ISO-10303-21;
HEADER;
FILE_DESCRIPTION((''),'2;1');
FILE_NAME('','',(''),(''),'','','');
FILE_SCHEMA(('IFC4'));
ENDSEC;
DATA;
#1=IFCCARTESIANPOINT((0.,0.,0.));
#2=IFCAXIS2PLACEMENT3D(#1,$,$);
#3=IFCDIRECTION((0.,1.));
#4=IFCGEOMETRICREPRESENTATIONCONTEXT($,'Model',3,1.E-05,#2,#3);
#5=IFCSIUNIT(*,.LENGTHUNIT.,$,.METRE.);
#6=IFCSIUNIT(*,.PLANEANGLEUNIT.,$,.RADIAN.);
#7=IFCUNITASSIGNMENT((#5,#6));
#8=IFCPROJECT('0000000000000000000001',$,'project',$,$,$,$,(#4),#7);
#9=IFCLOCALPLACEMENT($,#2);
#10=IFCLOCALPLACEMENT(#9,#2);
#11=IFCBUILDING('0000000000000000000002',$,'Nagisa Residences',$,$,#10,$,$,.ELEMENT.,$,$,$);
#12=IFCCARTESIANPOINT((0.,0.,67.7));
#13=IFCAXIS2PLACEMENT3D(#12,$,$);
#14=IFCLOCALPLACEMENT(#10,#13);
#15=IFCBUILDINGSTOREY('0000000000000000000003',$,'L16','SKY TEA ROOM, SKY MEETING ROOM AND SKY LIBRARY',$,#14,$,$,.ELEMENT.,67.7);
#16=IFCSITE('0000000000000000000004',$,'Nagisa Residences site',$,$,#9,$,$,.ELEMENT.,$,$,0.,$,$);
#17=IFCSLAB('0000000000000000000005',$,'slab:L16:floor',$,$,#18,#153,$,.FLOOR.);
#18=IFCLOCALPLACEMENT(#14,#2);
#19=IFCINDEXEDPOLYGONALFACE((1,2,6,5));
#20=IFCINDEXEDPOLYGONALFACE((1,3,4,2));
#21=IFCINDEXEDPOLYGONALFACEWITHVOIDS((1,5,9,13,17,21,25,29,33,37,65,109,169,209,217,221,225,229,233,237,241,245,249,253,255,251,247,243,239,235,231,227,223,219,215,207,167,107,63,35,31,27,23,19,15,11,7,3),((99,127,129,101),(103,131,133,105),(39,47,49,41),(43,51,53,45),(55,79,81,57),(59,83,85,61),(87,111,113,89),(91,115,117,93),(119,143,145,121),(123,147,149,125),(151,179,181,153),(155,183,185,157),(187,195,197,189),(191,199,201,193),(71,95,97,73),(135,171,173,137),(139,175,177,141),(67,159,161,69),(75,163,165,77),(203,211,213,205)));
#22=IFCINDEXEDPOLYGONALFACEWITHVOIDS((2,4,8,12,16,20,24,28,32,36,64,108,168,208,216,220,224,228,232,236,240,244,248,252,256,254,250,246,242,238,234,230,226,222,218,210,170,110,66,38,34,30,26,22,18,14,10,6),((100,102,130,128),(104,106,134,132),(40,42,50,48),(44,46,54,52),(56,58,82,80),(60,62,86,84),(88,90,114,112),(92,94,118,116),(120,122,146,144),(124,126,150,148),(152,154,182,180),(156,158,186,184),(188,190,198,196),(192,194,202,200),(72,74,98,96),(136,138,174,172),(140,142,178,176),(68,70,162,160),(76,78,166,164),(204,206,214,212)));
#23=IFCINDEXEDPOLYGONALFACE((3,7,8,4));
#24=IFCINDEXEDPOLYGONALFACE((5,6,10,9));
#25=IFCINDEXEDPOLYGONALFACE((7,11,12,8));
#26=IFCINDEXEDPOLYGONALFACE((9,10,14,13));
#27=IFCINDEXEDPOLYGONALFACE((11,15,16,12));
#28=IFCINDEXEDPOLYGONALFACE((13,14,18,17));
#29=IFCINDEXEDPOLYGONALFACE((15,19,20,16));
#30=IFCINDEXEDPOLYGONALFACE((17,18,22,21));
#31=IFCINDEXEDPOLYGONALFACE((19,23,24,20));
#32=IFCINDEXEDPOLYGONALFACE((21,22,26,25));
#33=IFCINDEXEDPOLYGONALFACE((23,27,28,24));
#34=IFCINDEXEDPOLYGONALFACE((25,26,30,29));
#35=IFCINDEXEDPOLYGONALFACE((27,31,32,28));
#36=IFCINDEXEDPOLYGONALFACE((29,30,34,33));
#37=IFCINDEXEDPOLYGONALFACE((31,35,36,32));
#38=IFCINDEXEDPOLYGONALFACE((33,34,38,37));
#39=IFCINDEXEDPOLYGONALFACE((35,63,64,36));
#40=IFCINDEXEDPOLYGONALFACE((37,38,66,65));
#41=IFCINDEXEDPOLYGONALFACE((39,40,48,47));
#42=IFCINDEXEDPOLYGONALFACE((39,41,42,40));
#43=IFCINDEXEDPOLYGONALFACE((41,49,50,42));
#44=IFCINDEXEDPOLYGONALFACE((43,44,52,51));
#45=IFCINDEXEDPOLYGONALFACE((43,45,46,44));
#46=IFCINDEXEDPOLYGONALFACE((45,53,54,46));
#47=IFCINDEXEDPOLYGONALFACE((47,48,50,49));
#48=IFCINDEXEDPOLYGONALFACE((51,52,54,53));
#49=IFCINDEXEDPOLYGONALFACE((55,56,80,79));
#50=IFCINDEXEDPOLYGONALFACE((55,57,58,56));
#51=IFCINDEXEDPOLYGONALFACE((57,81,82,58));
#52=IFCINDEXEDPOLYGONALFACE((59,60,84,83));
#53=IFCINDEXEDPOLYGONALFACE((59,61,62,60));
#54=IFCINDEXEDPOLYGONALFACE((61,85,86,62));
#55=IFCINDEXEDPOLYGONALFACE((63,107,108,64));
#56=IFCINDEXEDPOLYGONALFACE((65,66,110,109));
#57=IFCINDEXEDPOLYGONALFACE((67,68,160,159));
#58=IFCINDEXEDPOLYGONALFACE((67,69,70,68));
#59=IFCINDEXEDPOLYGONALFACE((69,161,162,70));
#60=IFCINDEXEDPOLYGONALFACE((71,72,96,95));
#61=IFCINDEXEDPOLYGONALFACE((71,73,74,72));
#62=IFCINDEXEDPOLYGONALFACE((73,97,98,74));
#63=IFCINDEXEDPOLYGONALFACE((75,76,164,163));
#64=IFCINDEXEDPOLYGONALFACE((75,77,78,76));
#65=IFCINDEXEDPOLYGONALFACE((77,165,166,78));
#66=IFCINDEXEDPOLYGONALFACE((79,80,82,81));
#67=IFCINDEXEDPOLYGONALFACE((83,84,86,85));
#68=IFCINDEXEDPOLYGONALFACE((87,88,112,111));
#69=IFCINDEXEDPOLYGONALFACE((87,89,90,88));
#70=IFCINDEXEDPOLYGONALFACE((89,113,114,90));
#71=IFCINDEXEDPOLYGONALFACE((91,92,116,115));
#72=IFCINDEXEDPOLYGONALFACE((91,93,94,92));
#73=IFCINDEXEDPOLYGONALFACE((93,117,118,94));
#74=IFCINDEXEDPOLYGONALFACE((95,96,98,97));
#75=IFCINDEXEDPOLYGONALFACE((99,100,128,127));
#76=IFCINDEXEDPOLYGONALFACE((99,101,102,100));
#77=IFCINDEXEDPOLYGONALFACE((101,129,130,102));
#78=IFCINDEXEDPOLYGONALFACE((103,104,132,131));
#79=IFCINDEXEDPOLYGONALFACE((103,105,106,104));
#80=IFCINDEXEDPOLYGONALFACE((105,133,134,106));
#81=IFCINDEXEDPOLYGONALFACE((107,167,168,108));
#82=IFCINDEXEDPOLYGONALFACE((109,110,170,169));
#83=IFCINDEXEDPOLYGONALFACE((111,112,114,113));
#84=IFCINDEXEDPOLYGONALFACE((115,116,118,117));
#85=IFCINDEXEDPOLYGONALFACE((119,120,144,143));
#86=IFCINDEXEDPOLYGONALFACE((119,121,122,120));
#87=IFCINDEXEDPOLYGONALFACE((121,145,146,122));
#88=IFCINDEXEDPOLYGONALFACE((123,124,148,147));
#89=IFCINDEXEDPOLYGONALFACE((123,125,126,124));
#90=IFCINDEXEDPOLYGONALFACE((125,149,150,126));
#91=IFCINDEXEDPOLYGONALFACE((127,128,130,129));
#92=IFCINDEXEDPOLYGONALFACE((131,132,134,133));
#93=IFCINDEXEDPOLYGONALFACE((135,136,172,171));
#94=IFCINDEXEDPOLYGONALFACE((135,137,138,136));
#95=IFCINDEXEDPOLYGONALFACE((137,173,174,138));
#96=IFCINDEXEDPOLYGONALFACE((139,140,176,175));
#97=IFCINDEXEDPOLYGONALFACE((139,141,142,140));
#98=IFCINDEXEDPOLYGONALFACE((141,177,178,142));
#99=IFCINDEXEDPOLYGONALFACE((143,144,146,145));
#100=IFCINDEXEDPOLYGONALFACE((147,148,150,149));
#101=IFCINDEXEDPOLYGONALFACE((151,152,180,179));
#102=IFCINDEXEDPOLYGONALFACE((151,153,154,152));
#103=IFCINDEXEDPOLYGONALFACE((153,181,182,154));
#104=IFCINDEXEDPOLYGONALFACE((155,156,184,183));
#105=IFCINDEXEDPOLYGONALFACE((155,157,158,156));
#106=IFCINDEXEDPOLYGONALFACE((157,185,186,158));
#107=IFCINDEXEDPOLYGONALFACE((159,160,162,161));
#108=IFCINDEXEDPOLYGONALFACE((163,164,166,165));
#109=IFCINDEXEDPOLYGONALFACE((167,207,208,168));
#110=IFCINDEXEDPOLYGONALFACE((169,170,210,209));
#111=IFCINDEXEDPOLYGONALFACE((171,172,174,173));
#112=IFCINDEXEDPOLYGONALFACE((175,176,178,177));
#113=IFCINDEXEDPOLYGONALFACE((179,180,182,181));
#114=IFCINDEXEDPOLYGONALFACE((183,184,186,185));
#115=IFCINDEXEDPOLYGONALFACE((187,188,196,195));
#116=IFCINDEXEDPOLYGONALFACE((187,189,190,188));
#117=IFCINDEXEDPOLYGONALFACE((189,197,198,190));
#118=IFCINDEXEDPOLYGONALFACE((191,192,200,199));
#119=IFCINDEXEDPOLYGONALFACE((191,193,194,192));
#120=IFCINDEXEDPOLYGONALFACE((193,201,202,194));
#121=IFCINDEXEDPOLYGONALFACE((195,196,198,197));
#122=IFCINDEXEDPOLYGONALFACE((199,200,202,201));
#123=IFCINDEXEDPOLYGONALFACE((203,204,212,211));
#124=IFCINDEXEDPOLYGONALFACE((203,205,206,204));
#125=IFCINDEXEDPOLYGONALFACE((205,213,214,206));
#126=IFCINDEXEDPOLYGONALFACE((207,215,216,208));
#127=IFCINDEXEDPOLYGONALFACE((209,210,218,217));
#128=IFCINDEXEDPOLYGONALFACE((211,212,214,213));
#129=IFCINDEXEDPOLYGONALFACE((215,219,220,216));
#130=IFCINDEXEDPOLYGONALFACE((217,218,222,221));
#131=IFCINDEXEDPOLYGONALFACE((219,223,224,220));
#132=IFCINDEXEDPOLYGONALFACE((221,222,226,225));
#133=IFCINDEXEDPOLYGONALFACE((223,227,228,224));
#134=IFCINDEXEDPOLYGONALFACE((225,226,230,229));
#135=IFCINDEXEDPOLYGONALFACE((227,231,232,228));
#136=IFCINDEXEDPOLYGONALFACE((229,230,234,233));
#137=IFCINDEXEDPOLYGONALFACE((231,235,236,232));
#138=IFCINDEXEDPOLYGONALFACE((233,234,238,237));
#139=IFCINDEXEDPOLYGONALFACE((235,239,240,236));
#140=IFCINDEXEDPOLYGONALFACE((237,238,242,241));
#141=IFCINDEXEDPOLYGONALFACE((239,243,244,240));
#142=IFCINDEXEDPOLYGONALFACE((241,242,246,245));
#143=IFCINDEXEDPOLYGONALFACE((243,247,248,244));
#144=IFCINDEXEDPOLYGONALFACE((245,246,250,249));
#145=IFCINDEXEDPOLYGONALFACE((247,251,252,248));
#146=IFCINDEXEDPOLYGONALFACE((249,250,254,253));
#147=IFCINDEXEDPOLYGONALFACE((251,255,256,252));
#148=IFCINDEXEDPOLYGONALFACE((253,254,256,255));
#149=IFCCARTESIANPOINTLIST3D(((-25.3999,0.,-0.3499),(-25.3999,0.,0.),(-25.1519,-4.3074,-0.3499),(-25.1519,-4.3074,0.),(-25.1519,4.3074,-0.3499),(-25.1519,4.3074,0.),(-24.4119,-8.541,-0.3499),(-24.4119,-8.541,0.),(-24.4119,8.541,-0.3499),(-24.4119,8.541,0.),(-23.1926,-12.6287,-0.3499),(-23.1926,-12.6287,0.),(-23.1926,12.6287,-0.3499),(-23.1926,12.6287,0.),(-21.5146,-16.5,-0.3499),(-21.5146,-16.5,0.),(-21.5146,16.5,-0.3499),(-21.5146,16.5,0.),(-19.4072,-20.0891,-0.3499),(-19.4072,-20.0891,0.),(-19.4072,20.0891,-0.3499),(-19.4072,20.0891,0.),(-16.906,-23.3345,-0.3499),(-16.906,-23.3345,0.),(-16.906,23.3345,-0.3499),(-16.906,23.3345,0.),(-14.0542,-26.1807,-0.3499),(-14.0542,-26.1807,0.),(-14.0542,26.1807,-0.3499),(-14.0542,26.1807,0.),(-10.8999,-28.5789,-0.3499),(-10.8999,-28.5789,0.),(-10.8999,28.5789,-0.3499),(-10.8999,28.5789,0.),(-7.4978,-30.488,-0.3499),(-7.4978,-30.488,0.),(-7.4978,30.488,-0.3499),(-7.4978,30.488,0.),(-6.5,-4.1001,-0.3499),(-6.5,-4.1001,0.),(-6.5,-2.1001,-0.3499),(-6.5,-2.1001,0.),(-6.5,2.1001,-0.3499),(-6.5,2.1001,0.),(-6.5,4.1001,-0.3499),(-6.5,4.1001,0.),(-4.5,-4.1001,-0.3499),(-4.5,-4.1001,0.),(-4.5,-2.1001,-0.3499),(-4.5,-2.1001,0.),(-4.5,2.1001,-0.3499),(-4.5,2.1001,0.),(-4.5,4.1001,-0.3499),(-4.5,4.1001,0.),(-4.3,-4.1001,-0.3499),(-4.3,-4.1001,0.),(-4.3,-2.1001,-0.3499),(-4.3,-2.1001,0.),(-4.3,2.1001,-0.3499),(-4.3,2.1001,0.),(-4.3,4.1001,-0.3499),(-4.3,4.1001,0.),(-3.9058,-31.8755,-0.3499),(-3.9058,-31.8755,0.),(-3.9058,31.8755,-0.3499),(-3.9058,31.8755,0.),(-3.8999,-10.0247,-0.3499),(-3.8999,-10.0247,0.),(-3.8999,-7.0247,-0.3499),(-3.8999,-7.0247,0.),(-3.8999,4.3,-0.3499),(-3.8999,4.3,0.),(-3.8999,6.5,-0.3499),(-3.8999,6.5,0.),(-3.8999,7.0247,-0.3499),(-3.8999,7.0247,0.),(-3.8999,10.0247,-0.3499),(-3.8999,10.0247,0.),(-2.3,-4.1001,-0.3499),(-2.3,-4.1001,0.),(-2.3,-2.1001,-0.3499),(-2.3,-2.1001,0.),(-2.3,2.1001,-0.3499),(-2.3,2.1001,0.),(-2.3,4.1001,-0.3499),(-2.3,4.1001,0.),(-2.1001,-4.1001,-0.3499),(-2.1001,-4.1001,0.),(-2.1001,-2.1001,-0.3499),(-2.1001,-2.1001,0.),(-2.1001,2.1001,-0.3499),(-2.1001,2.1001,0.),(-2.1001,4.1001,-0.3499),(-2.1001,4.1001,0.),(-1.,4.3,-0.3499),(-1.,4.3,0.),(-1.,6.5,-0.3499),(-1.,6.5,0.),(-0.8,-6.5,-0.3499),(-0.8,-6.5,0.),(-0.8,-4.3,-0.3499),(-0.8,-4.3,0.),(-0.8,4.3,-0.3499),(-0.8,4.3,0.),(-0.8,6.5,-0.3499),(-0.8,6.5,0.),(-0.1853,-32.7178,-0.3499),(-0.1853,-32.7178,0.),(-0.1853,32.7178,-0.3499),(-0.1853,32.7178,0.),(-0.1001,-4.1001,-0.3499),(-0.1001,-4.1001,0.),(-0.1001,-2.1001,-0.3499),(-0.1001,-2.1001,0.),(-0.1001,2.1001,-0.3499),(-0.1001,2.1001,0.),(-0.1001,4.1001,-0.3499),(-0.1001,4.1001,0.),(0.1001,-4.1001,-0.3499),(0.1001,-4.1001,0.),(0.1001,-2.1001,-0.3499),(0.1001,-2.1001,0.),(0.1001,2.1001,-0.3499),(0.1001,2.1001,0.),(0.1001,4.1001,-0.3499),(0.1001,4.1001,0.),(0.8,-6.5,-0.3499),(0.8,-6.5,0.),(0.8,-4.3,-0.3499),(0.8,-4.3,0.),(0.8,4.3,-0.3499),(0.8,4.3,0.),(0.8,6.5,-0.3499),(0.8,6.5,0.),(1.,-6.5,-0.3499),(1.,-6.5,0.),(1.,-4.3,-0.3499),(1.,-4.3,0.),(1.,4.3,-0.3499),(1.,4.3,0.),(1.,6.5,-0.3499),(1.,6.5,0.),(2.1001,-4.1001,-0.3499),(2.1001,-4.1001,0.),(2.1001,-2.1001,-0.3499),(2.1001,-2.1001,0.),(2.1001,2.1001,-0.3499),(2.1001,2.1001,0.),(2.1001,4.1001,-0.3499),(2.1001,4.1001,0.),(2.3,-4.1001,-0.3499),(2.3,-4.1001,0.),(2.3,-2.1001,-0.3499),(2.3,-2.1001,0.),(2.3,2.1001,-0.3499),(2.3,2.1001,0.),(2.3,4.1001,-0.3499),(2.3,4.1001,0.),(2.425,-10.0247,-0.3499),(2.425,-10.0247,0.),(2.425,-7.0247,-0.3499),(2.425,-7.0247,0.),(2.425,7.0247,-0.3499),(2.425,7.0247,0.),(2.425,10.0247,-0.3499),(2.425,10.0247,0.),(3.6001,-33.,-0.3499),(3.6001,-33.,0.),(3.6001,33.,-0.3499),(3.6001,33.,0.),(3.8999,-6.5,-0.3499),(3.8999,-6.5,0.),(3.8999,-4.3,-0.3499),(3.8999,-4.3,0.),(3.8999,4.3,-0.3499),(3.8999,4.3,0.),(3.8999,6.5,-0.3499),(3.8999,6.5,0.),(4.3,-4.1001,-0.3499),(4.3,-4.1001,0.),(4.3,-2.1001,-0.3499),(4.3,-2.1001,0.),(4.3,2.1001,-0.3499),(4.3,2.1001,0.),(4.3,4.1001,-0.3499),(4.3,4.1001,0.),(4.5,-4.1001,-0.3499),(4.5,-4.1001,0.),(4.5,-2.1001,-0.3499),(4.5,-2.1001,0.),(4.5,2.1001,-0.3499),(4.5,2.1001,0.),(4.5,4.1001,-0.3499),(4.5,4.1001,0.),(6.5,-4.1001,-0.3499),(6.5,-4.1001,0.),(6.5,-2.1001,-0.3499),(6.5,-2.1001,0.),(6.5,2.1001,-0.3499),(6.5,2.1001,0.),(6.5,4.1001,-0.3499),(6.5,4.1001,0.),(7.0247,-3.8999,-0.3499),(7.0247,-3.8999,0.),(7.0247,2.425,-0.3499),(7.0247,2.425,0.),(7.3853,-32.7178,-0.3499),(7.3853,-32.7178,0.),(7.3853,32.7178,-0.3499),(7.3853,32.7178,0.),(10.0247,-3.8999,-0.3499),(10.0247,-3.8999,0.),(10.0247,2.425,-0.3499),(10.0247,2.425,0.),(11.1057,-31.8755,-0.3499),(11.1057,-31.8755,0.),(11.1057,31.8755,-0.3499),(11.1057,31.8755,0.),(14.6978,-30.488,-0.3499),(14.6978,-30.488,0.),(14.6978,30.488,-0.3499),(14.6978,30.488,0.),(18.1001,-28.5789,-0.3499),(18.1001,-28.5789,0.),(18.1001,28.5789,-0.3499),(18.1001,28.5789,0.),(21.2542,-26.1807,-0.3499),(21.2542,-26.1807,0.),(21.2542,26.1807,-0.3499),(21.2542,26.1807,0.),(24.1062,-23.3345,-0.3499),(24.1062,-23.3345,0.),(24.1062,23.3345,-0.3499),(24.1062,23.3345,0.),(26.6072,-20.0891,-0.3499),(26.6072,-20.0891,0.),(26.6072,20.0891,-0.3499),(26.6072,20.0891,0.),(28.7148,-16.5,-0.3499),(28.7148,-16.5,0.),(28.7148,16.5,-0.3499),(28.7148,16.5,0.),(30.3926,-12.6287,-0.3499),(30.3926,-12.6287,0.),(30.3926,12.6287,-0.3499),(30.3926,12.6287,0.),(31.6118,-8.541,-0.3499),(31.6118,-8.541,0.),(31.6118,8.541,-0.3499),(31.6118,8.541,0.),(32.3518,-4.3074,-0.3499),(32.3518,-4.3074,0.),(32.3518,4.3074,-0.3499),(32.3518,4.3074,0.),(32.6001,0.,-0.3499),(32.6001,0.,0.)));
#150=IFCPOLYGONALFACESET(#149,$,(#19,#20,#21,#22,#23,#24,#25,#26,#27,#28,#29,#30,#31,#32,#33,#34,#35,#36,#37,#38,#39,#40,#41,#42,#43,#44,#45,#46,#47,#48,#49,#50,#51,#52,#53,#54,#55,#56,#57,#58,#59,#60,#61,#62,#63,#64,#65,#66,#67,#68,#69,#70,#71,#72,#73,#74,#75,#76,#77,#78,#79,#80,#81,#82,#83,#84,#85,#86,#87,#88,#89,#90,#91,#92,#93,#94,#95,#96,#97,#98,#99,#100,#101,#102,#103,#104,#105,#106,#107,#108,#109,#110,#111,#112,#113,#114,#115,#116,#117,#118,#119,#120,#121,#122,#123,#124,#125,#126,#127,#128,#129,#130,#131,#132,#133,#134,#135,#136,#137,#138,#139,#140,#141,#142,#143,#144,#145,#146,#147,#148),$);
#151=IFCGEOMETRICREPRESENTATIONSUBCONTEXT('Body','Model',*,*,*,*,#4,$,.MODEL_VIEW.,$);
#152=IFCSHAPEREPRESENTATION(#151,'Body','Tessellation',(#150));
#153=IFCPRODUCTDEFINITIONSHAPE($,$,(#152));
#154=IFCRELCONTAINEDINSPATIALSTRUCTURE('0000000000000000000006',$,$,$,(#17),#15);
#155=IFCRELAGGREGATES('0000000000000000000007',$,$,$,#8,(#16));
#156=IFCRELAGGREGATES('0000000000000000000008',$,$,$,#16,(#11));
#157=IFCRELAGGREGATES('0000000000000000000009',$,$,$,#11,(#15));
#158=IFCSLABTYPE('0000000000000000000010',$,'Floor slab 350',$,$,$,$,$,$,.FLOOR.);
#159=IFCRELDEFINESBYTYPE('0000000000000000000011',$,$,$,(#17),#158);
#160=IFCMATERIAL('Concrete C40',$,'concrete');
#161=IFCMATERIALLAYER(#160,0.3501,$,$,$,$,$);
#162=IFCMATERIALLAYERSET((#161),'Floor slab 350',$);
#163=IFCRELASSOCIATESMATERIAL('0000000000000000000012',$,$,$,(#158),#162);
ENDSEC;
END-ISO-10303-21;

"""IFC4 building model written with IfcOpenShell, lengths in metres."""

from ifc_helpers import new_model, si_unit, direction, frame, origin, place, context, subcontext, project, spatial, polyline, outline, extrude, material, layer, layer_set, type_object, element, save


model = new_model("IFC4")

# Units and contexts
model_context = context("Model", 3, precision=1e-05, world=origin(), true_north=direction((0.0, 1.0)))
body_context = subcontext(model_context, "Body", "Model", "MODEL_VIEW")
ifc_project = project(units=[si_unit("LENGTHUNIT", "METRE"), si_unit("PLANEANGLEUNIT", "RADIAN")], contexts=[model_context])

# Site, building, storey
site_placement = place(None, origin())
site = spatial("IfcSite", under=ifc_project, at=site_placement, Name="Nagisa Residences site", CompositionType="ELEMENT", RefElevation=0.0)
building_placement = place(site_placement, origin())
building = spatial("IfcBuilding", under=site, at=building_placement, Name="Nagisa Residences", CompositionType="ELEMENT")
storey_placement = place(building_placement, frame((0.0, 0.0, 67.7)))
storey = spatial("IfcBuildingStorey", under=building, at=storey_placement, Name="L16", Description="SKY TEA ROOM, SKY MEETING ROOM AND SKY LIBRARY", CompositionType="ELEMENT", Elevation=67.7)

# Slab
ifc_material_1 = material(Name="Concrete C40", Category="concrete")
ifc_layer_1 = layer(ifc_material_1, 0.3501)
ifc_layer_set_1 = layer_set([ifc_layer_1], Name="Floor slab 350")
slab_type_1 = type_object("IfcSlabType", Name="Floor slab 350", PredefinedType="FLOOR", material=ifc_layer_set_1)
slab_1_placement = place(storey_placement, frame((0.0, 0.0, -0.3499)))
element("IfcSlab", 1, at=slab_1_placement, inside=storey, type_object=slab_type_1, Name="slab:L16:floor", PredefinedType="FLOOR", context=body_context, shape_type="SweptSolid", body=[
    extrude(outline(polyline([(32.6001, 0.0), (32.3518, 4.3074), (31.6118, 8.541), (30.3926, 12.6287), (28.7148, 16.5), (26.6072, 20.0891), (24.1062, 23.3345), (21.2542, 26.1807), (18.1001, 28.5789), (14.6978, 30.488), (11.1057, 31.8755), (7.3853, 32.7178), (3.6001, 33.0), (-0.1853, 32.7178), (-3.9058, 31.8755), (-7.4978, 30.488), (-10.8999, 28.5789), (-14.0542, 26.1807), (-16.906, 23.3345), (-19.4072, 20.0891), (-21.5146, 16.5), (-23.1926, 12.6287), (-24.4119, 8.541), (-25.1519, 4.3074), (-25.3999, 0.0), (-25.1519, -4.3074), (-24.4119, -8.541), (-23.1926, -12.6287), (-21.5146, -16.5), (-19.4072, -20.0891), (-16.906, -23.3345), (-14.0542, -26.1807), (-10.8999, -28.5789), (-7.4978, -30.488), (-3.9058, -31.8755), (-0.1853, -32.7178), (3.6001, -33.0), (7.3853, -32.7178), (11.1057, -31.8755), (14.6978, -30.488), (18.1001, -28.5789), (21.2542, -26.1807), (24.1062, -23.3345), (26.6072, -20.0891), (28.7148, -16.5), (30.3926, -12.6287), (31.6118, -8.541), (32.3518, -4.3074), (32.6001, 0.0)]), holes=[polyline([(-4.5, 2.1001), (-4.5, 4.1001), (-6.5, 4.1001), (-6.5, 2.1001), (-4.5, 2.1001)]), polyline([(-2.3, 2.1001), (-2.3, 4.1001), (-4.3, 4.1001), (-4.3, 2.1001), (-2.3, 2.1001)]), polyline([(-0.1001, 2.1001), (-0.1001, 4.1001), (-2.1001, 4.1001), (-2.1001, 2.1001), (-0.1001, 2.1001)]), polyline([(2.1001, 2.1001), (2.1001, 4.1001), (0.1001, 4.1001), (0.1001, 2.1001), (2.1001, 2.1001)]), polyline([(4.3, 2.1001), (4.3, 4.1001), (2.3, 4.1001), (2.3, 2.1001), (4.3, 2.1001)]), polyline([(6.5, 2.1001), (6.5, 4.1001), (4.5, 4.1001), (4.5, 2.1001), (6.5, 2.1001)]), polyline([(-4.5, -4.1001), (-4.5, -2.1001), (-6.5, -2.1001), (-6.5, -4.1001), (-4.5, -4.1001)]), polyline([(-2.3, -4.1001), (-2.3, -2.1001), (-4.3, -2.1001), (-4.3, -4.1001), (-2.3, -4.1001)]), polyline([(-0.1001, -4.1001), (-0.1001, -2.1001), (-2.1001, -2.1001), (-2.1001, -4.1001), (-0.1001, -4.1001)]), polyline([(2.1001, -4.1001), (2.1001, -2.1001), (0.1001, -2.1001), (0.1001, -4.1001), (2.1001, -4.1001)]), polyline([(4.3, -4.1001), (4.3, -2.1001), (2.3, -2.1001), (2.3, -4.1001), (4.3, -4.1001)]), polyline([(6.5, -4.1001), (6.5, -2.1001), (4.5, -2.1001), (4.5, -4.1001), (6.5, -4.1001)]), polyline([(3.8999, 4.3), (3.8999, 6.5), (1.0, 6.5), (1.0, 4.3), (3.8999, 4.3)]), polyline([(3.8999, -6.5), (3.8999, -4.3), (1.0, -4.3), (1.0, -6.5), (3.8999, -6.5)]), polyline([(-1.0, 4.3), (-1.0, 6.5), (-3.8999, 6.5), (-3.8999, 4.3), (-1.0, 4.3)]), polyline([(0.8, 4.3), (0.8, 6.5), (-0.8, 6.5), (-0.8, 4.3), (0.8, 4.3)]), polyline([(0.8, -6.5), (0.8, -4.3), (-0.8, -4.3), (-0.8, -6.5), (0.8, -6.5)]), polyline([(10.0247, -3.8999), (7.0247, -3.8999), (7.0247, 2.425), (10.0247, 2.425), (10.0247, -3.8999)]), polyline([(-3.8999, 7.0247), (-3.8999, 10.0247), (2.425, 10.0247), (2.425, 7.0247), (-3.8999, 7.0247)]), polyline([(-3.8999, -10.0247), (-3.8999, -7.0247), (2.425, -7.0247), (2.425, -10.0247), (-3.8999, -10.0247)])]), origin(), (0.0, 0.0, 1.0), 0.3499),
])

save(model, "model.ifc")
